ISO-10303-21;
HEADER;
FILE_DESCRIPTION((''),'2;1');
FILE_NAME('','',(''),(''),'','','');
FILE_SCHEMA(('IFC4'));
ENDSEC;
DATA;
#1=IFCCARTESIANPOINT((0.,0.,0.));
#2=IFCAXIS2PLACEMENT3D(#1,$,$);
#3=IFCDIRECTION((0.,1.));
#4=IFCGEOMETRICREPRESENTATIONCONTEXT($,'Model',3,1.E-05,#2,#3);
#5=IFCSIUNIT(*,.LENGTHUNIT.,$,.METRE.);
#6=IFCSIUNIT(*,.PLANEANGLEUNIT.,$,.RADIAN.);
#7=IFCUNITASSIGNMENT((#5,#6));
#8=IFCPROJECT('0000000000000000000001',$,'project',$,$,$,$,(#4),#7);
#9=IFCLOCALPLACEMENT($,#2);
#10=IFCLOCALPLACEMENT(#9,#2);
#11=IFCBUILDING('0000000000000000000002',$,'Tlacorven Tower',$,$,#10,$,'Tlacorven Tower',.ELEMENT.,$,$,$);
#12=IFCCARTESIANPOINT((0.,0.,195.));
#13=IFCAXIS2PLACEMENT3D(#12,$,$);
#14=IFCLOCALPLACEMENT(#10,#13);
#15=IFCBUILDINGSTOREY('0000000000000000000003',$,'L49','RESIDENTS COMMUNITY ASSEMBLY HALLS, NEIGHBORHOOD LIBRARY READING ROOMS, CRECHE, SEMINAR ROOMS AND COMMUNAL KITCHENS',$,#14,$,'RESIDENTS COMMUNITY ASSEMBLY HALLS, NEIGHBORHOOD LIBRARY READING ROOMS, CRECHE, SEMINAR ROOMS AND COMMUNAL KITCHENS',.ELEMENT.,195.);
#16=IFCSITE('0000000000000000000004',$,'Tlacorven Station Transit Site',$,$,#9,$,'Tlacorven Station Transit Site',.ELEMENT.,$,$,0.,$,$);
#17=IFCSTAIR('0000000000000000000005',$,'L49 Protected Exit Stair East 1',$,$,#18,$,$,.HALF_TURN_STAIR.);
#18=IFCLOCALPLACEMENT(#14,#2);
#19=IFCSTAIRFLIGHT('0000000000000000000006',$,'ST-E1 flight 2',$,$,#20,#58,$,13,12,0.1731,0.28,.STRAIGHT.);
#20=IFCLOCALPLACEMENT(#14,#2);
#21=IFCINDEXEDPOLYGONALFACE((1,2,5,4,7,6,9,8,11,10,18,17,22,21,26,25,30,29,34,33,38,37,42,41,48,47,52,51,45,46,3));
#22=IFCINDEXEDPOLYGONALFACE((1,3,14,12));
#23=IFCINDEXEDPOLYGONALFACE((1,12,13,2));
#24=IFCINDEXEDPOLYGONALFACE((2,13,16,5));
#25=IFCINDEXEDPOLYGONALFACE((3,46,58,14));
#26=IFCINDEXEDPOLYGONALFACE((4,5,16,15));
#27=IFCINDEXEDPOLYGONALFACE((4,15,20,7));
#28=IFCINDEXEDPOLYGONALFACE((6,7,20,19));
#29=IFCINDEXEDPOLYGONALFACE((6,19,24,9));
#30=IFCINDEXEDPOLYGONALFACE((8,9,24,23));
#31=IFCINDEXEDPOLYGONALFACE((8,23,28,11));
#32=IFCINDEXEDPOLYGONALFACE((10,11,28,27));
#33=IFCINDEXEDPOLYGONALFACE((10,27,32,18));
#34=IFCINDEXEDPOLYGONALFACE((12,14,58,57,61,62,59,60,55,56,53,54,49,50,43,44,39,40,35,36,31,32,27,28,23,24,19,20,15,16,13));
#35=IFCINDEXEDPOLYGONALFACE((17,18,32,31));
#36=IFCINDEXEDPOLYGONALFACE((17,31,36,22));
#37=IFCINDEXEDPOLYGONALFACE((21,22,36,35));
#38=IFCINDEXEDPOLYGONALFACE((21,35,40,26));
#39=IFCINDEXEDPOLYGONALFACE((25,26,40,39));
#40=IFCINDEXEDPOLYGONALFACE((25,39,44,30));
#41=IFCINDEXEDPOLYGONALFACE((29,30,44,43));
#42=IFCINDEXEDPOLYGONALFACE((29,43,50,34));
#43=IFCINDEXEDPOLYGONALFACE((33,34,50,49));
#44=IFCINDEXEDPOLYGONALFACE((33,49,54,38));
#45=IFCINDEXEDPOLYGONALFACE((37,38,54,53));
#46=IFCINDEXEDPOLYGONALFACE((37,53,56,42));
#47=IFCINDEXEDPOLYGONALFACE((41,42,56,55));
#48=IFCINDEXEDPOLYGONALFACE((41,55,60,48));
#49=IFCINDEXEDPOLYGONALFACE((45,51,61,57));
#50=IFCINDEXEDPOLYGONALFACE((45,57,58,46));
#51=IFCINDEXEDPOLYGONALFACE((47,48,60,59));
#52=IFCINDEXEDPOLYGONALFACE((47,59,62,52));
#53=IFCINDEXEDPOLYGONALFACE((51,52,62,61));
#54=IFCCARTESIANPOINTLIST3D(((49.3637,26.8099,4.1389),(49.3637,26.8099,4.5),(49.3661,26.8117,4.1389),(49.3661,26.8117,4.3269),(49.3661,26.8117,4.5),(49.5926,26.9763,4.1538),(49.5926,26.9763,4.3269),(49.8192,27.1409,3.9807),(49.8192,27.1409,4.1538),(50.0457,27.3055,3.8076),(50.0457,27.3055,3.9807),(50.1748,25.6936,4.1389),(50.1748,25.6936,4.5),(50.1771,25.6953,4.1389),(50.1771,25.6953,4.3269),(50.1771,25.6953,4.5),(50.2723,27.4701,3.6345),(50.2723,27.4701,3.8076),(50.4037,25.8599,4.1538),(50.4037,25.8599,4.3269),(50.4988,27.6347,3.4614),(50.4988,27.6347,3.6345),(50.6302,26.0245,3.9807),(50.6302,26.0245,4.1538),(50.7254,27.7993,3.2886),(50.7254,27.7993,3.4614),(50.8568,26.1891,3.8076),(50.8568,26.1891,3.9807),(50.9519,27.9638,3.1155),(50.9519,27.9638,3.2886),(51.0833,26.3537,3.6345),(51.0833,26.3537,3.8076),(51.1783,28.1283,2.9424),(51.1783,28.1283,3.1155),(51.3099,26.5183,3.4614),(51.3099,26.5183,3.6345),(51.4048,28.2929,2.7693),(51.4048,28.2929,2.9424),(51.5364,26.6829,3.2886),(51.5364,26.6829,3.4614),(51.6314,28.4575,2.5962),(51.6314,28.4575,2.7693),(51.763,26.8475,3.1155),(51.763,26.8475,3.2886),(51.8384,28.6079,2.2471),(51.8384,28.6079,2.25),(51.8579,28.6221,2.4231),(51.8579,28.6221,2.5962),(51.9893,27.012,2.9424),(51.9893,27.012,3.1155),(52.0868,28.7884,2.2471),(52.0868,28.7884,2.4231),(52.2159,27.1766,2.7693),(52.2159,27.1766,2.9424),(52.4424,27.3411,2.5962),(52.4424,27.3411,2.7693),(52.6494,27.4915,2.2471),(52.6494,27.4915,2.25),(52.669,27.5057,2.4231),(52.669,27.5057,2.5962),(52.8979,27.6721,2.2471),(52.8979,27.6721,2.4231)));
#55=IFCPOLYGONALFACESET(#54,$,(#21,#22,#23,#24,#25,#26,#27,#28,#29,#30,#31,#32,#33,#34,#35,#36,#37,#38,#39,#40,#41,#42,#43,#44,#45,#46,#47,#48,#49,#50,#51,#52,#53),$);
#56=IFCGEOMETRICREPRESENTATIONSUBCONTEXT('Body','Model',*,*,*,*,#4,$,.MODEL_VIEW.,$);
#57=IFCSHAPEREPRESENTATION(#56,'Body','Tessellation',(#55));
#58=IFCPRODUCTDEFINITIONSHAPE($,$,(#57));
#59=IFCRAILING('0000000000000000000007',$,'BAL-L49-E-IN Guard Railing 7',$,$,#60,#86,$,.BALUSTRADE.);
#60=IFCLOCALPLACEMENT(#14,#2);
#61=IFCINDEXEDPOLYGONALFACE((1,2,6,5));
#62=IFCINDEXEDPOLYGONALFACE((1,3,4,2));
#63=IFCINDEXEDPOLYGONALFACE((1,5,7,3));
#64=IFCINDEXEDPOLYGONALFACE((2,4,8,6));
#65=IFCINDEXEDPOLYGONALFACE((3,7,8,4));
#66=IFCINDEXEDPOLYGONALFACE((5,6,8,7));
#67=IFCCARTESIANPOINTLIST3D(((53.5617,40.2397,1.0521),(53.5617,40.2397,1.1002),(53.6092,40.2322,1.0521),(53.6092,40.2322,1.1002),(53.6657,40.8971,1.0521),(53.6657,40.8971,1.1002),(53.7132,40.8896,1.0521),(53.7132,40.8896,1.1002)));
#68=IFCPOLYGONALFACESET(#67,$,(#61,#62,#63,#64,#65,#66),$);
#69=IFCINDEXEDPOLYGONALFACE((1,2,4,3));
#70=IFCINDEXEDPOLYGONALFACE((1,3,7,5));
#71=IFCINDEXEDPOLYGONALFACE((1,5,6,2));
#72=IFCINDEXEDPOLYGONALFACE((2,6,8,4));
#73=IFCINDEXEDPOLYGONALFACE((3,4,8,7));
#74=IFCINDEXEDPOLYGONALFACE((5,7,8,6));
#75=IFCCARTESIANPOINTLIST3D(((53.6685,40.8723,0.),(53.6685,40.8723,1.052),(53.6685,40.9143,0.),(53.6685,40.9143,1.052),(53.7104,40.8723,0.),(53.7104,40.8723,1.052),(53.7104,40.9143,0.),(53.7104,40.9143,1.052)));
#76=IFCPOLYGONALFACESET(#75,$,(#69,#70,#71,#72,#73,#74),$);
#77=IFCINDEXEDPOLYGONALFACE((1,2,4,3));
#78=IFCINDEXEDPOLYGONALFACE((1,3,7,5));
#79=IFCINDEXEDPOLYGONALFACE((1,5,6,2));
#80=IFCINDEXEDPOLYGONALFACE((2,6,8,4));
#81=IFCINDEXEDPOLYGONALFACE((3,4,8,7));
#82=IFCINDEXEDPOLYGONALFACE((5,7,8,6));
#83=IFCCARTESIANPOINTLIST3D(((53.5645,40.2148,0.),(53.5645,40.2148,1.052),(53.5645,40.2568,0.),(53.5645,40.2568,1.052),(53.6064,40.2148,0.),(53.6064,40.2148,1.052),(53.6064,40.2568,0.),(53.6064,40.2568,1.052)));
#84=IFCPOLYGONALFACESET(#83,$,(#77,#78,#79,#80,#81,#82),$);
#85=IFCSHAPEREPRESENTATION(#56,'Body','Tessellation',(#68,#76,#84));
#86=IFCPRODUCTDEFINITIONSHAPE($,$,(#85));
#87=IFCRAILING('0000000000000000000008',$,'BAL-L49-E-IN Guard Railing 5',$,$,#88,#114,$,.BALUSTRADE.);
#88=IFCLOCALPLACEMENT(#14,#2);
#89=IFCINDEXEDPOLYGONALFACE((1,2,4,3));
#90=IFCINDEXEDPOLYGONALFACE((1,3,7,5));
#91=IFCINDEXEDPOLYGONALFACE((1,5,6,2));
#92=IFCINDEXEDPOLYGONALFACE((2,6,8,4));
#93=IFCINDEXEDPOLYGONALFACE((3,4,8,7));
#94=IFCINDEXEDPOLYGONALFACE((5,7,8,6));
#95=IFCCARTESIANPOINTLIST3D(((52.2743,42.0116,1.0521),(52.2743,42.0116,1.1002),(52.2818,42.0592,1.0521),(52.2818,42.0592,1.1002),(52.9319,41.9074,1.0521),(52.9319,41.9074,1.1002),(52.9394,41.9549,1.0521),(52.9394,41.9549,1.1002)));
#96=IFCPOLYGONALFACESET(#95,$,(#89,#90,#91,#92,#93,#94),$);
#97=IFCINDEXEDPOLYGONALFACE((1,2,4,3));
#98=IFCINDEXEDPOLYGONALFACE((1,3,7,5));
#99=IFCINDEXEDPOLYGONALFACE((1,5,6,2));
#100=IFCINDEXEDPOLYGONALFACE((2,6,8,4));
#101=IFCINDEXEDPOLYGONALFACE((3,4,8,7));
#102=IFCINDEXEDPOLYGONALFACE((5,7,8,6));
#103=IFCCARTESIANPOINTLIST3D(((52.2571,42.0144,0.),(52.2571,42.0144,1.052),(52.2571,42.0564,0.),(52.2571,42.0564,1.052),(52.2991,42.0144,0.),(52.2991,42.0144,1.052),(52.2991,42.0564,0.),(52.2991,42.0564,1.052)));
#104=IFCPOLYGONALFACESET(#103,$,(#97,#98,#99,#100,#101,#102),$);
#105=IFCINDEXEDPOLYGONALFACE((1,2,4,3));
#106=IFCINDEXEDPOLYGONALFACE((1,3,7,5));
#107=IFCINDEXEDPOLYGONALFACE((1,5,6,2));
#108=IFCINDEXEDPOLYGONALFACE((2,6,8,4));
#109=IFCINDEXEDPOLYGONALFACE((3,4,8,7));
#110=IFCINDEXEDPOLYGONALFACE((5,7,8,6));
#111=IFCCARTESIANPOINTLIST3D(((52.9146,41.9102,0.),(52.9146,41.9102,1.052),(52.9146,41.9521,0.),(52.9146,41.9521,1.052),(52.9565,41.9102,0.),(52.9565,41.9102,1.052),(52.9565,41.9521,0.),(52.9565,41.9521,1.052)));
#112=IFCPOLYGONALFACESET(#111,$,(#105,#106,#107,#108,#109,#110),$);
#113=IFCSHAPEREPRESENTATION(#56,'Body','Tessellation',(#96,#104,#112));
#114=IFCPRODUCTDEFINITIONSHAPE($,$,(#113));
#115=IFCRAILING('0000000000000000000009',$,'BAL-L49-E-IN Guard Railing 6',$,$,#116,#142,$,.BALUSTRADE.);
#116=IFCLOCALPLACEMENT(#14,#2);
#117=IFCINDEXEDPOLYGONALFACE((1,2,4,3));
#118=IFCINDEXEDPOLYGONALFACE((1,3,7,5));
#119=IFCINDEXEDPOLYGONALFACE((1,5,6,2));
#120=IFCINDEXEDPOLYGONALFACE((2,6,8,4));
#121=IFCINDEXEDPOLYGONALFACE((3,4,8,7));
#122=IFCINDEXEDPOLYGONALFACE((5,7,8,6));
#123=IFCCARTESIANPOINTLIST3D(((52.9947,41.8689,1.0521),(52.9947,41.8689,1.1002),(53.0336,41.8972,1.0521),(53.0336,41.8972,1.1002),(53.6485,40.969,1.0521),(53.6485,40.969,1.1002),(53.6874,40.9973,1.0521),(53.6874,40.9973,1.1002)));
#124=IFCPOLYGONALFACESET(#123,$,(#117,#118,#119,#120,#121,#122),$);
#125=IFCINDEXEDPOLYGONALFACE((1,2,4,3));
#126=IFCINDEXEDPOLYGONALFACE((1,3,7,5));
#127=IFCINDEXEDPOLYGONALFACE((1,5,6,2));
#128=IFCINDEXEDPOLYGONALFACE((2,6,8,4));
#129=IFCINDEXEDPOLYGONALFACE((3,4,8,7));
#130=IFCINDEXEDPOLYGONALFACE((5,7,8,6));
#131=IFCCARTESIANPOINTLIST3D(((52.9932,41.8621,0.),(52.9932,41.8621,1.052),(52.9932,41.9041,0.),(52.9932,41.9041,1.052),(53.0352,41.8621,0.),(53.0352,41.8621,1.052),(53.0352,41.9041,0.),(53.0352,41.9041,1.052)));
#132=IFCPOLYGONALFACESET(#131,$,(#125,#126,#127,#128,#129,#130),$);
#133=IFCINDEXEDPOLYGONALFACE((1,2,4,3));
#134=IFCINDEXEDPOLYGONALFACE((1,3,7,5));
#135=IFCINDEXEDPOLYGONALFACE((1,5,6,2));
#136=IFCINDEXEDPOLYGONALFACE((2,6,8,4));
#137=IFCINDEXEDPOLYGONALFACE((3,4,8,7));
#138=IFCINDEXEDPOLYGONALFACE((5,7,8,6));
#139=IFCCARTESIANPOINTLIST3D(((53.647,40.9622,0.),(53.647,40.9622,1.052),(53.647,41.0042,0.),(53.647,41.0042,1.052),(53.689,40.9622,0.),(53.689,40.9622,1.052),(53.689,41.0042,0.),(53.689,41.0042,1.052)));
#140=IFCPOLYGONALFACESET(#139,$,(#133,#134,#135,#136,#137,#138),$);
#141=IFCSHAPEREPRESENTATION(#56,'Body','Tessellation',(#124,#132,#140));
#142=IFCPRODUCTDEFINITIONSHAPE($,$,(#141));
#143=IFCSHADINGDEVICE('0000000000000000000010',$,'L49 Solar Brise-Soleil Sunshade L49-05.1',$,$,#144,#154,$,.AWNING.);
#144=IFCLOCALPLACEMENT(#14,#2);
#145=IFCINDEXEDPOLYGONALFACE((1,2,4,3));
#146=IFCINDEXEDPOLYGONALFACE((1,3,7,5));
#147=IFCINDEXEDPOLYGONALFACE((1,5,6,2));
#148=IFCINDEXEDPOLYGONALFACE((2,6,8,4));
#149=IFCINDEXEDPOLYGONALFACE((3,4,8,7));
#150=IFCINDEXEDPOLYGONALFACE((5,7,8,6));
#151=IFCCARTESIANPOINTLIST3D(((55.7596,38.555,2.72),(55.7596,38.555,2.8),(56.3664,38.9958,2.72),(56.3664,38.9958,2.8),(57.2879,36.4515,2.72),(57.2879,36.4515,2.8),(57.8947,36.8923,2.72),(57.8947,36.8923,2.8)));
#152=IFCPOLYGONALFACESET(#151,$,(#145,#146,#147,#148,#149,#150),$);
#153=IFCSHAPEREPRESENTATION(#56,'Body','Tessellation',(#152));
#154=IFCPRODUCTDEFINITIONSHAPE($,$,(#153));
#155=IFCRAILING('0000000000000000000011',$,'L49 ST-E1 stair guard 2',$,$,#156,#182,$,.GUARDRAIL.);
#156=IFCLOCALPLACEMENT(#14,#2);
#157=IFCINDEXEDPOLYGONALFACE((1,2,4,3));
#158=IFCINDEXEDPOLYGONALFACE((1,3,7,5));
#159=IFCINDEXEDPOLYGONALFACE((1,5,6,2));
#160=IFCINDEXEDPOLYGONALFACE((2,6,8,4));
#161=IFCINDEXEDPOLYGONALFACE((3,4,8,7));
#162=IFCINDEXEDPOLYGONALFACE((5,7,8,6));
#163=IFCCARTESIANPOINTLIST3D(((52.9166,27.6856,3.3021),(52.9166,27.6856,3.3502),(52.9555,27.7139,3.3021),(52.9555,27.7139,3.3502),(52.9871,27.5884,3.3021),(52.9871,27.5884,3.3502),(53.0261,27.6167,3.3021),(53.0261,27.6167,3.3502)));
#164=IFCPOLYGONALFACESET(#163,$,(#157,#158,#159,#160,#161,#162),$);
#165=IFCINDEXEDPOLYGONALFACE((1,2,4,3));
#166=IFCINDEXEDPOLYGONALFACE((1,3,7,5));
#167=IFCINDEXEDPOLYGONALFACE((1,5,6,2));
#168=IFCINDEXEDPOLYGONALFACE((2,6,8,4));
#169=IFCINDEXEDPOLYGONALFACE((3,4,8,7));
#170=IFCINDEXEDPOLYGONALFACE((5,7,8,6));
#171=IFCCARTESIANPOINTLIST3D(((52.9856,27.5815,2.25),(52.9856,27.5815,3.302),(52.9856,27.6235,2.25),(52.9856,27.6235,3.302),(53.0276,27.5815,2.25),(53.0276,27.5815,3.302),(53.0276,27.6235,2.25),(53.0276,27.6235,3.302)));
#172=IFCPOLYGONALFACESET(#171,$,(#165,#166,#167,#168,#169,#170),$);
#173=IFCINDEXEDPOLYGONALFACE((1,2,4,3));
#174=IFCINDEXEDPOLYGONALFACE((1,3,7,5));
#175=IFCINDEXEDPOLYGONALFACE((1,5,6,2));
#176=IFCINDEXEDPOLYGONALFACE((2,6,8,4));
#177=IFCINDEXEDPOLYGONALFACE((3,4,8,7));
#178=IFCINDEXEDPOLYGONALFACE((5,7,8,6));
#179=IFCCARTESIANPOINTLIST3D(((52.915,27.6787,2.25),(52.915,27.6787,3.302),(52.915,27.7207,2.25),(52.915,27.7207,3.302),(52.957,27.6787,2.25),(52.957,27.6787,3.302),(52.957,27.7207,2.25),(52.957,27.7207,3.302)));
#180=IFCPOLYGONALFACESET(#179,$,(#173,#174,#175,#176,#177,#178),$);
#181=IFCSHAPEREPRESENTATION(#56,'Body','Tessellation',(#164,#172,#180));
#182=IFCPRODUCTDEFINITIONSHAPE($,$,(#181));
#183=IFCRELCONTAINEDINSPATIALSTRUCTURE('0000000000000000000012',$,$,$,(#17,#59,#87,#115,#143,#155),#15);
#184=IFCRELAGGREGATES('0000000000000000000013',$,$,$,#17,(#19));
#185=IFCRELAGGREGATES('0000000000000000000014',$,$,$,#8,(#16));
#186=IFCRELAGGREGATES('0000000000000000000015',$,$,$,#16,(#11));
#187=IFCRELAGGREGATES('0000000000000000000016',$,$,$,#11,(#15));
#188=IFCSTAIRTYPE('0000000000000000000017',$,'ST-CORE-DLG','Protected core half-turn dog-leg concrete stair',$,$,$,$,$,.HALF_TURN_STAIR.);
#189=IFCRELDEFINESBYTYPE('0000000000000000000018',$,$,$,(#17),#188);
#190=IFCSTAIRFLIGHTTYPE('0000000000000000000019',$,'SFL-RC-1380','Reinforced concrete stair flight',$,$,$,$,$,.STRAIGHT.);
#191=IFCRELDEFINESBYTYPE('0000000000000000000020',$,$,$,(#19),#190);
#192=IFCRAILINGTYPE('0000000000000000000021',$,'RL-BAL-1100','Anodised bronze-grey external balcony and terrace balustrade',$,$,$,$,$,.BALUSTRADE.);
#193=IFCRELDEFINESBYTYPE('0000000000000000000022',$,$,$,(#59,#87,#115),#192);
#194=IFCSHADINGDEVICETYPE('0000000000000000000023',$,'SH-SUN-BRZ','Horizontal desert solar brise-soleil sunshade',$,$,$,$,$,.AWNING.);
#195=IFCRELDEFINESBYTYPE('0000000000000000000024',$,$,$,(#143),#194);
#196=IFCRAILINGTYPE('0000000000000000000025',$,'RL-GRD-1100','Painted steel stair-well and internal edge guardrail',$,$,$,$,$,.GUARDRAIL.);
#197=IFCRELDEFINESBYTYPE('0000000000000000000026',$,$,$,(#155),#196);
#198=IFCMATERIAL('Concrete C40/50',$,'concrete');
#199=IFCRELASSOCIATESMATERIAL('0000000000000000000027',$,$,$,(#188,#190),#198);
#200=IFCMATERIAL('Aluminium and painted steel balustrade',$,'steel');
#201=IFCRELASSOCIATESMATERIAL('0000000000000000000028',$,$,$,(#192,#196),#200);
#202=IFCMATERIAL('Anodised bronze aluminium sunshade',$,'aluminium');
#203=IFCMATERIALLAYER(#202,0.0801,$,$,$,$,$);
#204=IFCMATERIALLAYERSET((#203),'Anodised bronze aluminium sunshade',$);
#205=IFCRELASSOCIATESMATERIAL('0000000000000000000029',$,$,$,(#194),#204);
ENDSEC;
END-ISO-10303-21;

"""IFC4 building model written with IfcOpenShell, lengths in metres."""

from ifc_helpers import new_model, si_unit, direction, frame, origin, origin_2d, place, context, subcontext, project, spatial, polyline, rectangle, outline, extrude, source, transform, mapped, material, layer, layer_set, type_object, element, aggregate, save


model = new_model("IFC4")

# Units and contexts
model_context = context("Model", 3, precision=1e-05, world=origin(), true_north=direction((0.0, 1.0)))
body_context = subcontext(model_context, "Body", "Model", "MODEL_VIEW")
ifc_project = project(units=[si_unit("LENGTHUNIT", "METRE"), si_unit("PLANEANGLEUNIT", "RADIAN")], contexts=[model_context])

# Site, building, storey
site_placement = place(None, origin())
site = spatial("IfcSite", under=ifc_project, at=site_placement, Name="Tlacorven Station Transit Site", LongName="Tlacorven Station Transit Site", CompositionType="ELEMENT", RefElevation=0.0)
building_placement = place(site_placement, origin())
building = spatial("IfcBuilding", under=site, at=building_placement, Name="Tlacorven Tower", LongName="Tlacorven Tower", CompositionType="ELEMENT")
storey_placement = place(building_placement, frame((0.0, 0.0, 195.0)))
storey = spatial("IfcBuildingStorey", under=building, at=storey_placement, Name="L49", Description="RESIDENTS COMMUNITY ASSEMBLY HALLS, NEIGHBORHOOD LIBRARY READING ROOMS, CRECHE, SEMINAR ROOMS AND COMMUNAL KITCHENS", LongName="RESIDENTS COMMUNITY ASSEMBLY HALLS, NEIGHBORHOOD LIBRARY READING ROOMS, CRECHE, SEMINAR ROOMS AND COMMUNAL KITCHENS", CompositionType="ELEMENT", Elevation=195.0)

# Stair, stair flight
ifc_material_1 = material(Name="Concrete C40/50", Category="concrete")
stair_type = type_object("IfcStairType", Name="ST-CORE-DLG", Description="Protected core half-turn dog-leg concrete stair", PredefinedType="HALF_TURN_STAIR", material=ifc_material_1)
stair_placement = place(storey_placement, origin())
stair = element("IfcStair", 1, at=stair_placement, inside=storey, type_object=stair_type, Name="L49 Protected Exit Stair East 1", PredefinedType="HALF_TURN_STAIR")
stair_flight_type = type_object("IfcStairFlightType", Name="SFL-RC-1380", Description="Reinforced concrete stair flight", PredefinedType="STRAIGHT", material=ifc_material_1)
shared_shape_1 = source(origin(), body_context, "Body", "SweptSolid", [
    extrude(outline(polyline([(-0.0029, -0.0029), (-0.0029, 0.1731), (0.28, 0.1731), (0.28, 0.3462), (0.5601, 0.3462), (0.5601, 0.5193), (0.8401, 0.5193), (0.8401, 0.6924), (1.1201, 0.6924), (1.1201, 0.8655), (1.3999, 0.8655), (1.3999, 1.0386), (1.6799, 1.0386), (1.6799, 1.2114), (1.96, 1.2114), (1.96, 1.3845), (2.24, 1.3845), (2.24, 1.5576), (2.52, 1.5576), (2.52, 1.7307), (2.8, 1.7307), (2.8, 1.9038), (3.0801, 1.9038), (3.0801, 2.0769), (3.3601, 2.0769), (3.3601, 2.25), (3.363, 2.25), (3.363, 1.8889), (3.3601, 1.8889), (0.3042, 0.0), (0.3042, -0.0029), (-0.0029, -0.0029)])), frame((0.0, 0.6899, 0.0), z_axis=(0.0, -1.0, 0.0), x_axis=(1.0, 0.0, 0.0)), (0.0, 0.0, 1.0), 1.3799),
])
stair_flight_placement = place(storey_placement, frame((52.49, 28.2285, 2.25), z_axis=(0.0, 0.0, 1.0), x_axis=(-0.809017, -0.587785, 0.0)))
stair_flight = element("IfcStairFlight", 2, at=stair_flight_placement, type_object=stair_flight_type, Name="ST-E1 flight 2", NumberOfRisers=13, NumberOfTreads=12, PredefinedType="STRAIGHT", RiserHeight=0.1731, TreadLength=0.28, context=body_context, shape_type="MappedRepresentation", body=[
    mapped(shared_shape_1, transform((0.0, 0.0, 0.0), scale=1.0)),
])
aggregate(stair, [stair_flight])

# Railings
ifc_material_2 = material(Name="Aluminium and painted steel balustrade", Category="steel")
railing_type_1 = type_object("IfcRailingType", Name="RL-BAL-1100", Description="Anodised bronze-grey external balcony and terrace balustrade", PredefinedType="BALUSTRADE", material=ifc_material_2)
shared_shape_2 = source(origin(), body_context, "Body", "SweptSolid", [
    extrude(rectangle(XDim=0.0481, YDim=0.0481, at=origin_2d()), frame((0.0, 0.0, 1.0762), z_axis=(-0.156245, -0.987718, 0.0), x_axis=(0.987718, -0.156245, 0.0)), (0.0, 0.0, 1.0), 0.6655),
    extrude(rectangle(XDim=0.042, YDim=0.042, at=origin_2d()), origin(), (0.0, 0.0, 1.0), 1.052),
    extrude(rectangle(XDim=0.042, YDim=0.042, at=origin_2d()), frame((-0.104, -0.6575, 0.0)), (0.0, 0.0, 1.0), 1.052),
])
railing_1_placement = place(storey_placement, frame((53.6895, 40.8933, 0.0)))
element("IfcRailing", 3, at=railing_1_placement, inside=storey, type_object=railing_type_1, Name="BAL-L49-E-IN Guard Railing 7", PredefinedType="BALUSTRADE", context=body_context, shape_type="MappedRepresentation", body=[
    mapped(shared_shape_2, transform((0.0, 0.0, 0.0), scale=1.0)),
])
shared_shape_3 = source(origin(), body_context, "Body", "SweptSolid", [
    extrude(rectangle(XDim=0.0481, YDim=0.0481, at=origin_2d()), frame((0.0, 0.0, 1.0762), z_axis=(0.987662, -0.156603, 0.0), x_axis=(0.156603, 0.987662, 0.0)), (0.0, 0.0, 1.0), 0.6658),
    extrude(rectangle(XDim=0.042, YDim=0.042, at=origin_2d()), origin(), (0.0, 0.0, 1.0), 1.052),
    extrude(rectangle(XDim=0.042, YDim=0.042, at=origin_2d()), frame((0.6575, -0.1042, 0.0)), (0.0, 0.0, 1.0), 1.052),
])
railing_2_placement = place(storey_placement, frame((52.2781, 42.0354, 0.0)))
element("IfcRailing", 4, at=railing_2_placement, inside=storey, type_object=railing_type_1, Name="BAL-L49-E-IN Guard Railing 5", PredefinedType="BALUSTRADE", context=body_context, shape_type="MappedRepresentation", body=[
    mapped(shared_shape_3, transform((0.0, 0.0, 0.0), scale=1.0)),
])
shared_shape_4 = source(origin(), body_context, "Body", "SweptSolid", [
    extrude(rectangle(XDim=0.0481, YDim=0.0481, at=origin_2d()), frame((0.0, 0.0, 1.0762), z_axis=(0.58778, -0.809021, 0.0), x_axis=(0.809021, 0.58778, 0.0)), (0.0, 0.0, 1.0), 1.1123),
    extrude(rectangle(XDim=0.042, YDim=0.042, at=origin_2d()), origin(), (0.0, 0.0, 1.0), 1.052),
    extrude(rectangle(XDim=0.042, YDim=0.042, at=origin_2d()), frame((0.6538, -0.8999, 0.0)), (0.0, 0.0, 1.0), 1.052),
])
railing_3_placement = place(storey_placement, frame((53.0142, 41.8831, 0.0)))
element("IfcRailing", 5, at=railing_3_placement, inside=storey, type_object=railing_type_1, Name="BAL-L49-E-IN Guard Railing 6", PredefinedType="BALUSTRADE", context=body_context, shape_type="MappedRepresentation", body=[
    mapped(shared_shape_4, transform((0.0, 0.0, 0.0), scale=1.0)),
])

# Shading device
ifc_material_3 = material(Name="Anodised bronze aluminium sunshade", Category="aluminium")
ifc_layer_1 = layer(ifc_material_3, 0.0801)
ifc_layer_set_1 = layer_set([ifc_layer_1], Name="Anodised bronze aluminium sunshade")
shading_device_type = type_object("IfcShadingDeviceType", Name="SH-SUN-BRZ", Description="Horizontal desert solar brise-soleil sunshade", PredefinedType="AWNING", material=ifc_layer_set_1)
shared_shape_5 = source(origin(), body_context, "Body", "SweptSolid", [
    extrude(rectangle(XDim=2.6001, YDim=0.75, at=origin_2d()), origin(), (0.0, 0.0, 1.0), 0.0801),
])
shading_device_placement = place(storey_placement, frame((56.8271, 37.7236, 2.72), z_axis=(0.0, 0.0, 1.0), x_axis=(0.587785, -0.809017, 0.0)))
element("IfcShadingDevice", 6, at=shading_device_placement, inside=storey, type_object=shading_device_type, Name="L49 Solar Brise-Soleil Sunshade L49-05.1", PredefinedType="AWNING", context=body_context, shape_type="MappedRepresentation", body=[
    mapped(shared_shape_5, transform((0.0, 0.0, 0.0), scale=1.0)),
])

# Railing
railing_type_2 = type_object("IfcRailingType", Name="RL-GRD-1100", Description="Painted steel stair-well and internal edge guardrail", PredefinedType="GUARDRAIL", material=ifc_material_2)
shared_shape_6 = source(origin(), body_context, "Body", "SweptSolid", [
    extrude(rectangle(XDim=0.0481, YDim=0.0481, at=origin_2d()), frame((0.0, 0.0, 1.0762), z_axis=(-0.587567, 0.809175, 0.0), x_axis=(-0.809175, -0.587567, 0.0)), (0.0, 0.0, 1.0), 0.1201),
    extrude(rectangle(XDim=0.042, YDim=0.042, at=origin_2d()), origin(), (0.0, 0.0, 1.0), 1.052),
    extrude(rectangle(XDim=0.042, YDim=0.042, at=origin_2d()), frame((-0.0706, 0.0972, 0.0)), (0.0, 0.0, 1.0), 1.052),
])
railing_4_placement = place(storey_placement, frame((53.0066, 27.6025, 2.25)))
element("IfcRailing", 7, at=railing_4_placement, inside=storey, type_object=railing_type_2, Name="L49 ST-E1 stair guard 2", PredefinedType="GUARDRAIL", context=body_context, shape_type="MappedRepresentation", body=[
    mapped(shared_shape_6, transform((0.0, 0.0, 0.0), scale=1.0)),
])

save(model, "model.ifc")
